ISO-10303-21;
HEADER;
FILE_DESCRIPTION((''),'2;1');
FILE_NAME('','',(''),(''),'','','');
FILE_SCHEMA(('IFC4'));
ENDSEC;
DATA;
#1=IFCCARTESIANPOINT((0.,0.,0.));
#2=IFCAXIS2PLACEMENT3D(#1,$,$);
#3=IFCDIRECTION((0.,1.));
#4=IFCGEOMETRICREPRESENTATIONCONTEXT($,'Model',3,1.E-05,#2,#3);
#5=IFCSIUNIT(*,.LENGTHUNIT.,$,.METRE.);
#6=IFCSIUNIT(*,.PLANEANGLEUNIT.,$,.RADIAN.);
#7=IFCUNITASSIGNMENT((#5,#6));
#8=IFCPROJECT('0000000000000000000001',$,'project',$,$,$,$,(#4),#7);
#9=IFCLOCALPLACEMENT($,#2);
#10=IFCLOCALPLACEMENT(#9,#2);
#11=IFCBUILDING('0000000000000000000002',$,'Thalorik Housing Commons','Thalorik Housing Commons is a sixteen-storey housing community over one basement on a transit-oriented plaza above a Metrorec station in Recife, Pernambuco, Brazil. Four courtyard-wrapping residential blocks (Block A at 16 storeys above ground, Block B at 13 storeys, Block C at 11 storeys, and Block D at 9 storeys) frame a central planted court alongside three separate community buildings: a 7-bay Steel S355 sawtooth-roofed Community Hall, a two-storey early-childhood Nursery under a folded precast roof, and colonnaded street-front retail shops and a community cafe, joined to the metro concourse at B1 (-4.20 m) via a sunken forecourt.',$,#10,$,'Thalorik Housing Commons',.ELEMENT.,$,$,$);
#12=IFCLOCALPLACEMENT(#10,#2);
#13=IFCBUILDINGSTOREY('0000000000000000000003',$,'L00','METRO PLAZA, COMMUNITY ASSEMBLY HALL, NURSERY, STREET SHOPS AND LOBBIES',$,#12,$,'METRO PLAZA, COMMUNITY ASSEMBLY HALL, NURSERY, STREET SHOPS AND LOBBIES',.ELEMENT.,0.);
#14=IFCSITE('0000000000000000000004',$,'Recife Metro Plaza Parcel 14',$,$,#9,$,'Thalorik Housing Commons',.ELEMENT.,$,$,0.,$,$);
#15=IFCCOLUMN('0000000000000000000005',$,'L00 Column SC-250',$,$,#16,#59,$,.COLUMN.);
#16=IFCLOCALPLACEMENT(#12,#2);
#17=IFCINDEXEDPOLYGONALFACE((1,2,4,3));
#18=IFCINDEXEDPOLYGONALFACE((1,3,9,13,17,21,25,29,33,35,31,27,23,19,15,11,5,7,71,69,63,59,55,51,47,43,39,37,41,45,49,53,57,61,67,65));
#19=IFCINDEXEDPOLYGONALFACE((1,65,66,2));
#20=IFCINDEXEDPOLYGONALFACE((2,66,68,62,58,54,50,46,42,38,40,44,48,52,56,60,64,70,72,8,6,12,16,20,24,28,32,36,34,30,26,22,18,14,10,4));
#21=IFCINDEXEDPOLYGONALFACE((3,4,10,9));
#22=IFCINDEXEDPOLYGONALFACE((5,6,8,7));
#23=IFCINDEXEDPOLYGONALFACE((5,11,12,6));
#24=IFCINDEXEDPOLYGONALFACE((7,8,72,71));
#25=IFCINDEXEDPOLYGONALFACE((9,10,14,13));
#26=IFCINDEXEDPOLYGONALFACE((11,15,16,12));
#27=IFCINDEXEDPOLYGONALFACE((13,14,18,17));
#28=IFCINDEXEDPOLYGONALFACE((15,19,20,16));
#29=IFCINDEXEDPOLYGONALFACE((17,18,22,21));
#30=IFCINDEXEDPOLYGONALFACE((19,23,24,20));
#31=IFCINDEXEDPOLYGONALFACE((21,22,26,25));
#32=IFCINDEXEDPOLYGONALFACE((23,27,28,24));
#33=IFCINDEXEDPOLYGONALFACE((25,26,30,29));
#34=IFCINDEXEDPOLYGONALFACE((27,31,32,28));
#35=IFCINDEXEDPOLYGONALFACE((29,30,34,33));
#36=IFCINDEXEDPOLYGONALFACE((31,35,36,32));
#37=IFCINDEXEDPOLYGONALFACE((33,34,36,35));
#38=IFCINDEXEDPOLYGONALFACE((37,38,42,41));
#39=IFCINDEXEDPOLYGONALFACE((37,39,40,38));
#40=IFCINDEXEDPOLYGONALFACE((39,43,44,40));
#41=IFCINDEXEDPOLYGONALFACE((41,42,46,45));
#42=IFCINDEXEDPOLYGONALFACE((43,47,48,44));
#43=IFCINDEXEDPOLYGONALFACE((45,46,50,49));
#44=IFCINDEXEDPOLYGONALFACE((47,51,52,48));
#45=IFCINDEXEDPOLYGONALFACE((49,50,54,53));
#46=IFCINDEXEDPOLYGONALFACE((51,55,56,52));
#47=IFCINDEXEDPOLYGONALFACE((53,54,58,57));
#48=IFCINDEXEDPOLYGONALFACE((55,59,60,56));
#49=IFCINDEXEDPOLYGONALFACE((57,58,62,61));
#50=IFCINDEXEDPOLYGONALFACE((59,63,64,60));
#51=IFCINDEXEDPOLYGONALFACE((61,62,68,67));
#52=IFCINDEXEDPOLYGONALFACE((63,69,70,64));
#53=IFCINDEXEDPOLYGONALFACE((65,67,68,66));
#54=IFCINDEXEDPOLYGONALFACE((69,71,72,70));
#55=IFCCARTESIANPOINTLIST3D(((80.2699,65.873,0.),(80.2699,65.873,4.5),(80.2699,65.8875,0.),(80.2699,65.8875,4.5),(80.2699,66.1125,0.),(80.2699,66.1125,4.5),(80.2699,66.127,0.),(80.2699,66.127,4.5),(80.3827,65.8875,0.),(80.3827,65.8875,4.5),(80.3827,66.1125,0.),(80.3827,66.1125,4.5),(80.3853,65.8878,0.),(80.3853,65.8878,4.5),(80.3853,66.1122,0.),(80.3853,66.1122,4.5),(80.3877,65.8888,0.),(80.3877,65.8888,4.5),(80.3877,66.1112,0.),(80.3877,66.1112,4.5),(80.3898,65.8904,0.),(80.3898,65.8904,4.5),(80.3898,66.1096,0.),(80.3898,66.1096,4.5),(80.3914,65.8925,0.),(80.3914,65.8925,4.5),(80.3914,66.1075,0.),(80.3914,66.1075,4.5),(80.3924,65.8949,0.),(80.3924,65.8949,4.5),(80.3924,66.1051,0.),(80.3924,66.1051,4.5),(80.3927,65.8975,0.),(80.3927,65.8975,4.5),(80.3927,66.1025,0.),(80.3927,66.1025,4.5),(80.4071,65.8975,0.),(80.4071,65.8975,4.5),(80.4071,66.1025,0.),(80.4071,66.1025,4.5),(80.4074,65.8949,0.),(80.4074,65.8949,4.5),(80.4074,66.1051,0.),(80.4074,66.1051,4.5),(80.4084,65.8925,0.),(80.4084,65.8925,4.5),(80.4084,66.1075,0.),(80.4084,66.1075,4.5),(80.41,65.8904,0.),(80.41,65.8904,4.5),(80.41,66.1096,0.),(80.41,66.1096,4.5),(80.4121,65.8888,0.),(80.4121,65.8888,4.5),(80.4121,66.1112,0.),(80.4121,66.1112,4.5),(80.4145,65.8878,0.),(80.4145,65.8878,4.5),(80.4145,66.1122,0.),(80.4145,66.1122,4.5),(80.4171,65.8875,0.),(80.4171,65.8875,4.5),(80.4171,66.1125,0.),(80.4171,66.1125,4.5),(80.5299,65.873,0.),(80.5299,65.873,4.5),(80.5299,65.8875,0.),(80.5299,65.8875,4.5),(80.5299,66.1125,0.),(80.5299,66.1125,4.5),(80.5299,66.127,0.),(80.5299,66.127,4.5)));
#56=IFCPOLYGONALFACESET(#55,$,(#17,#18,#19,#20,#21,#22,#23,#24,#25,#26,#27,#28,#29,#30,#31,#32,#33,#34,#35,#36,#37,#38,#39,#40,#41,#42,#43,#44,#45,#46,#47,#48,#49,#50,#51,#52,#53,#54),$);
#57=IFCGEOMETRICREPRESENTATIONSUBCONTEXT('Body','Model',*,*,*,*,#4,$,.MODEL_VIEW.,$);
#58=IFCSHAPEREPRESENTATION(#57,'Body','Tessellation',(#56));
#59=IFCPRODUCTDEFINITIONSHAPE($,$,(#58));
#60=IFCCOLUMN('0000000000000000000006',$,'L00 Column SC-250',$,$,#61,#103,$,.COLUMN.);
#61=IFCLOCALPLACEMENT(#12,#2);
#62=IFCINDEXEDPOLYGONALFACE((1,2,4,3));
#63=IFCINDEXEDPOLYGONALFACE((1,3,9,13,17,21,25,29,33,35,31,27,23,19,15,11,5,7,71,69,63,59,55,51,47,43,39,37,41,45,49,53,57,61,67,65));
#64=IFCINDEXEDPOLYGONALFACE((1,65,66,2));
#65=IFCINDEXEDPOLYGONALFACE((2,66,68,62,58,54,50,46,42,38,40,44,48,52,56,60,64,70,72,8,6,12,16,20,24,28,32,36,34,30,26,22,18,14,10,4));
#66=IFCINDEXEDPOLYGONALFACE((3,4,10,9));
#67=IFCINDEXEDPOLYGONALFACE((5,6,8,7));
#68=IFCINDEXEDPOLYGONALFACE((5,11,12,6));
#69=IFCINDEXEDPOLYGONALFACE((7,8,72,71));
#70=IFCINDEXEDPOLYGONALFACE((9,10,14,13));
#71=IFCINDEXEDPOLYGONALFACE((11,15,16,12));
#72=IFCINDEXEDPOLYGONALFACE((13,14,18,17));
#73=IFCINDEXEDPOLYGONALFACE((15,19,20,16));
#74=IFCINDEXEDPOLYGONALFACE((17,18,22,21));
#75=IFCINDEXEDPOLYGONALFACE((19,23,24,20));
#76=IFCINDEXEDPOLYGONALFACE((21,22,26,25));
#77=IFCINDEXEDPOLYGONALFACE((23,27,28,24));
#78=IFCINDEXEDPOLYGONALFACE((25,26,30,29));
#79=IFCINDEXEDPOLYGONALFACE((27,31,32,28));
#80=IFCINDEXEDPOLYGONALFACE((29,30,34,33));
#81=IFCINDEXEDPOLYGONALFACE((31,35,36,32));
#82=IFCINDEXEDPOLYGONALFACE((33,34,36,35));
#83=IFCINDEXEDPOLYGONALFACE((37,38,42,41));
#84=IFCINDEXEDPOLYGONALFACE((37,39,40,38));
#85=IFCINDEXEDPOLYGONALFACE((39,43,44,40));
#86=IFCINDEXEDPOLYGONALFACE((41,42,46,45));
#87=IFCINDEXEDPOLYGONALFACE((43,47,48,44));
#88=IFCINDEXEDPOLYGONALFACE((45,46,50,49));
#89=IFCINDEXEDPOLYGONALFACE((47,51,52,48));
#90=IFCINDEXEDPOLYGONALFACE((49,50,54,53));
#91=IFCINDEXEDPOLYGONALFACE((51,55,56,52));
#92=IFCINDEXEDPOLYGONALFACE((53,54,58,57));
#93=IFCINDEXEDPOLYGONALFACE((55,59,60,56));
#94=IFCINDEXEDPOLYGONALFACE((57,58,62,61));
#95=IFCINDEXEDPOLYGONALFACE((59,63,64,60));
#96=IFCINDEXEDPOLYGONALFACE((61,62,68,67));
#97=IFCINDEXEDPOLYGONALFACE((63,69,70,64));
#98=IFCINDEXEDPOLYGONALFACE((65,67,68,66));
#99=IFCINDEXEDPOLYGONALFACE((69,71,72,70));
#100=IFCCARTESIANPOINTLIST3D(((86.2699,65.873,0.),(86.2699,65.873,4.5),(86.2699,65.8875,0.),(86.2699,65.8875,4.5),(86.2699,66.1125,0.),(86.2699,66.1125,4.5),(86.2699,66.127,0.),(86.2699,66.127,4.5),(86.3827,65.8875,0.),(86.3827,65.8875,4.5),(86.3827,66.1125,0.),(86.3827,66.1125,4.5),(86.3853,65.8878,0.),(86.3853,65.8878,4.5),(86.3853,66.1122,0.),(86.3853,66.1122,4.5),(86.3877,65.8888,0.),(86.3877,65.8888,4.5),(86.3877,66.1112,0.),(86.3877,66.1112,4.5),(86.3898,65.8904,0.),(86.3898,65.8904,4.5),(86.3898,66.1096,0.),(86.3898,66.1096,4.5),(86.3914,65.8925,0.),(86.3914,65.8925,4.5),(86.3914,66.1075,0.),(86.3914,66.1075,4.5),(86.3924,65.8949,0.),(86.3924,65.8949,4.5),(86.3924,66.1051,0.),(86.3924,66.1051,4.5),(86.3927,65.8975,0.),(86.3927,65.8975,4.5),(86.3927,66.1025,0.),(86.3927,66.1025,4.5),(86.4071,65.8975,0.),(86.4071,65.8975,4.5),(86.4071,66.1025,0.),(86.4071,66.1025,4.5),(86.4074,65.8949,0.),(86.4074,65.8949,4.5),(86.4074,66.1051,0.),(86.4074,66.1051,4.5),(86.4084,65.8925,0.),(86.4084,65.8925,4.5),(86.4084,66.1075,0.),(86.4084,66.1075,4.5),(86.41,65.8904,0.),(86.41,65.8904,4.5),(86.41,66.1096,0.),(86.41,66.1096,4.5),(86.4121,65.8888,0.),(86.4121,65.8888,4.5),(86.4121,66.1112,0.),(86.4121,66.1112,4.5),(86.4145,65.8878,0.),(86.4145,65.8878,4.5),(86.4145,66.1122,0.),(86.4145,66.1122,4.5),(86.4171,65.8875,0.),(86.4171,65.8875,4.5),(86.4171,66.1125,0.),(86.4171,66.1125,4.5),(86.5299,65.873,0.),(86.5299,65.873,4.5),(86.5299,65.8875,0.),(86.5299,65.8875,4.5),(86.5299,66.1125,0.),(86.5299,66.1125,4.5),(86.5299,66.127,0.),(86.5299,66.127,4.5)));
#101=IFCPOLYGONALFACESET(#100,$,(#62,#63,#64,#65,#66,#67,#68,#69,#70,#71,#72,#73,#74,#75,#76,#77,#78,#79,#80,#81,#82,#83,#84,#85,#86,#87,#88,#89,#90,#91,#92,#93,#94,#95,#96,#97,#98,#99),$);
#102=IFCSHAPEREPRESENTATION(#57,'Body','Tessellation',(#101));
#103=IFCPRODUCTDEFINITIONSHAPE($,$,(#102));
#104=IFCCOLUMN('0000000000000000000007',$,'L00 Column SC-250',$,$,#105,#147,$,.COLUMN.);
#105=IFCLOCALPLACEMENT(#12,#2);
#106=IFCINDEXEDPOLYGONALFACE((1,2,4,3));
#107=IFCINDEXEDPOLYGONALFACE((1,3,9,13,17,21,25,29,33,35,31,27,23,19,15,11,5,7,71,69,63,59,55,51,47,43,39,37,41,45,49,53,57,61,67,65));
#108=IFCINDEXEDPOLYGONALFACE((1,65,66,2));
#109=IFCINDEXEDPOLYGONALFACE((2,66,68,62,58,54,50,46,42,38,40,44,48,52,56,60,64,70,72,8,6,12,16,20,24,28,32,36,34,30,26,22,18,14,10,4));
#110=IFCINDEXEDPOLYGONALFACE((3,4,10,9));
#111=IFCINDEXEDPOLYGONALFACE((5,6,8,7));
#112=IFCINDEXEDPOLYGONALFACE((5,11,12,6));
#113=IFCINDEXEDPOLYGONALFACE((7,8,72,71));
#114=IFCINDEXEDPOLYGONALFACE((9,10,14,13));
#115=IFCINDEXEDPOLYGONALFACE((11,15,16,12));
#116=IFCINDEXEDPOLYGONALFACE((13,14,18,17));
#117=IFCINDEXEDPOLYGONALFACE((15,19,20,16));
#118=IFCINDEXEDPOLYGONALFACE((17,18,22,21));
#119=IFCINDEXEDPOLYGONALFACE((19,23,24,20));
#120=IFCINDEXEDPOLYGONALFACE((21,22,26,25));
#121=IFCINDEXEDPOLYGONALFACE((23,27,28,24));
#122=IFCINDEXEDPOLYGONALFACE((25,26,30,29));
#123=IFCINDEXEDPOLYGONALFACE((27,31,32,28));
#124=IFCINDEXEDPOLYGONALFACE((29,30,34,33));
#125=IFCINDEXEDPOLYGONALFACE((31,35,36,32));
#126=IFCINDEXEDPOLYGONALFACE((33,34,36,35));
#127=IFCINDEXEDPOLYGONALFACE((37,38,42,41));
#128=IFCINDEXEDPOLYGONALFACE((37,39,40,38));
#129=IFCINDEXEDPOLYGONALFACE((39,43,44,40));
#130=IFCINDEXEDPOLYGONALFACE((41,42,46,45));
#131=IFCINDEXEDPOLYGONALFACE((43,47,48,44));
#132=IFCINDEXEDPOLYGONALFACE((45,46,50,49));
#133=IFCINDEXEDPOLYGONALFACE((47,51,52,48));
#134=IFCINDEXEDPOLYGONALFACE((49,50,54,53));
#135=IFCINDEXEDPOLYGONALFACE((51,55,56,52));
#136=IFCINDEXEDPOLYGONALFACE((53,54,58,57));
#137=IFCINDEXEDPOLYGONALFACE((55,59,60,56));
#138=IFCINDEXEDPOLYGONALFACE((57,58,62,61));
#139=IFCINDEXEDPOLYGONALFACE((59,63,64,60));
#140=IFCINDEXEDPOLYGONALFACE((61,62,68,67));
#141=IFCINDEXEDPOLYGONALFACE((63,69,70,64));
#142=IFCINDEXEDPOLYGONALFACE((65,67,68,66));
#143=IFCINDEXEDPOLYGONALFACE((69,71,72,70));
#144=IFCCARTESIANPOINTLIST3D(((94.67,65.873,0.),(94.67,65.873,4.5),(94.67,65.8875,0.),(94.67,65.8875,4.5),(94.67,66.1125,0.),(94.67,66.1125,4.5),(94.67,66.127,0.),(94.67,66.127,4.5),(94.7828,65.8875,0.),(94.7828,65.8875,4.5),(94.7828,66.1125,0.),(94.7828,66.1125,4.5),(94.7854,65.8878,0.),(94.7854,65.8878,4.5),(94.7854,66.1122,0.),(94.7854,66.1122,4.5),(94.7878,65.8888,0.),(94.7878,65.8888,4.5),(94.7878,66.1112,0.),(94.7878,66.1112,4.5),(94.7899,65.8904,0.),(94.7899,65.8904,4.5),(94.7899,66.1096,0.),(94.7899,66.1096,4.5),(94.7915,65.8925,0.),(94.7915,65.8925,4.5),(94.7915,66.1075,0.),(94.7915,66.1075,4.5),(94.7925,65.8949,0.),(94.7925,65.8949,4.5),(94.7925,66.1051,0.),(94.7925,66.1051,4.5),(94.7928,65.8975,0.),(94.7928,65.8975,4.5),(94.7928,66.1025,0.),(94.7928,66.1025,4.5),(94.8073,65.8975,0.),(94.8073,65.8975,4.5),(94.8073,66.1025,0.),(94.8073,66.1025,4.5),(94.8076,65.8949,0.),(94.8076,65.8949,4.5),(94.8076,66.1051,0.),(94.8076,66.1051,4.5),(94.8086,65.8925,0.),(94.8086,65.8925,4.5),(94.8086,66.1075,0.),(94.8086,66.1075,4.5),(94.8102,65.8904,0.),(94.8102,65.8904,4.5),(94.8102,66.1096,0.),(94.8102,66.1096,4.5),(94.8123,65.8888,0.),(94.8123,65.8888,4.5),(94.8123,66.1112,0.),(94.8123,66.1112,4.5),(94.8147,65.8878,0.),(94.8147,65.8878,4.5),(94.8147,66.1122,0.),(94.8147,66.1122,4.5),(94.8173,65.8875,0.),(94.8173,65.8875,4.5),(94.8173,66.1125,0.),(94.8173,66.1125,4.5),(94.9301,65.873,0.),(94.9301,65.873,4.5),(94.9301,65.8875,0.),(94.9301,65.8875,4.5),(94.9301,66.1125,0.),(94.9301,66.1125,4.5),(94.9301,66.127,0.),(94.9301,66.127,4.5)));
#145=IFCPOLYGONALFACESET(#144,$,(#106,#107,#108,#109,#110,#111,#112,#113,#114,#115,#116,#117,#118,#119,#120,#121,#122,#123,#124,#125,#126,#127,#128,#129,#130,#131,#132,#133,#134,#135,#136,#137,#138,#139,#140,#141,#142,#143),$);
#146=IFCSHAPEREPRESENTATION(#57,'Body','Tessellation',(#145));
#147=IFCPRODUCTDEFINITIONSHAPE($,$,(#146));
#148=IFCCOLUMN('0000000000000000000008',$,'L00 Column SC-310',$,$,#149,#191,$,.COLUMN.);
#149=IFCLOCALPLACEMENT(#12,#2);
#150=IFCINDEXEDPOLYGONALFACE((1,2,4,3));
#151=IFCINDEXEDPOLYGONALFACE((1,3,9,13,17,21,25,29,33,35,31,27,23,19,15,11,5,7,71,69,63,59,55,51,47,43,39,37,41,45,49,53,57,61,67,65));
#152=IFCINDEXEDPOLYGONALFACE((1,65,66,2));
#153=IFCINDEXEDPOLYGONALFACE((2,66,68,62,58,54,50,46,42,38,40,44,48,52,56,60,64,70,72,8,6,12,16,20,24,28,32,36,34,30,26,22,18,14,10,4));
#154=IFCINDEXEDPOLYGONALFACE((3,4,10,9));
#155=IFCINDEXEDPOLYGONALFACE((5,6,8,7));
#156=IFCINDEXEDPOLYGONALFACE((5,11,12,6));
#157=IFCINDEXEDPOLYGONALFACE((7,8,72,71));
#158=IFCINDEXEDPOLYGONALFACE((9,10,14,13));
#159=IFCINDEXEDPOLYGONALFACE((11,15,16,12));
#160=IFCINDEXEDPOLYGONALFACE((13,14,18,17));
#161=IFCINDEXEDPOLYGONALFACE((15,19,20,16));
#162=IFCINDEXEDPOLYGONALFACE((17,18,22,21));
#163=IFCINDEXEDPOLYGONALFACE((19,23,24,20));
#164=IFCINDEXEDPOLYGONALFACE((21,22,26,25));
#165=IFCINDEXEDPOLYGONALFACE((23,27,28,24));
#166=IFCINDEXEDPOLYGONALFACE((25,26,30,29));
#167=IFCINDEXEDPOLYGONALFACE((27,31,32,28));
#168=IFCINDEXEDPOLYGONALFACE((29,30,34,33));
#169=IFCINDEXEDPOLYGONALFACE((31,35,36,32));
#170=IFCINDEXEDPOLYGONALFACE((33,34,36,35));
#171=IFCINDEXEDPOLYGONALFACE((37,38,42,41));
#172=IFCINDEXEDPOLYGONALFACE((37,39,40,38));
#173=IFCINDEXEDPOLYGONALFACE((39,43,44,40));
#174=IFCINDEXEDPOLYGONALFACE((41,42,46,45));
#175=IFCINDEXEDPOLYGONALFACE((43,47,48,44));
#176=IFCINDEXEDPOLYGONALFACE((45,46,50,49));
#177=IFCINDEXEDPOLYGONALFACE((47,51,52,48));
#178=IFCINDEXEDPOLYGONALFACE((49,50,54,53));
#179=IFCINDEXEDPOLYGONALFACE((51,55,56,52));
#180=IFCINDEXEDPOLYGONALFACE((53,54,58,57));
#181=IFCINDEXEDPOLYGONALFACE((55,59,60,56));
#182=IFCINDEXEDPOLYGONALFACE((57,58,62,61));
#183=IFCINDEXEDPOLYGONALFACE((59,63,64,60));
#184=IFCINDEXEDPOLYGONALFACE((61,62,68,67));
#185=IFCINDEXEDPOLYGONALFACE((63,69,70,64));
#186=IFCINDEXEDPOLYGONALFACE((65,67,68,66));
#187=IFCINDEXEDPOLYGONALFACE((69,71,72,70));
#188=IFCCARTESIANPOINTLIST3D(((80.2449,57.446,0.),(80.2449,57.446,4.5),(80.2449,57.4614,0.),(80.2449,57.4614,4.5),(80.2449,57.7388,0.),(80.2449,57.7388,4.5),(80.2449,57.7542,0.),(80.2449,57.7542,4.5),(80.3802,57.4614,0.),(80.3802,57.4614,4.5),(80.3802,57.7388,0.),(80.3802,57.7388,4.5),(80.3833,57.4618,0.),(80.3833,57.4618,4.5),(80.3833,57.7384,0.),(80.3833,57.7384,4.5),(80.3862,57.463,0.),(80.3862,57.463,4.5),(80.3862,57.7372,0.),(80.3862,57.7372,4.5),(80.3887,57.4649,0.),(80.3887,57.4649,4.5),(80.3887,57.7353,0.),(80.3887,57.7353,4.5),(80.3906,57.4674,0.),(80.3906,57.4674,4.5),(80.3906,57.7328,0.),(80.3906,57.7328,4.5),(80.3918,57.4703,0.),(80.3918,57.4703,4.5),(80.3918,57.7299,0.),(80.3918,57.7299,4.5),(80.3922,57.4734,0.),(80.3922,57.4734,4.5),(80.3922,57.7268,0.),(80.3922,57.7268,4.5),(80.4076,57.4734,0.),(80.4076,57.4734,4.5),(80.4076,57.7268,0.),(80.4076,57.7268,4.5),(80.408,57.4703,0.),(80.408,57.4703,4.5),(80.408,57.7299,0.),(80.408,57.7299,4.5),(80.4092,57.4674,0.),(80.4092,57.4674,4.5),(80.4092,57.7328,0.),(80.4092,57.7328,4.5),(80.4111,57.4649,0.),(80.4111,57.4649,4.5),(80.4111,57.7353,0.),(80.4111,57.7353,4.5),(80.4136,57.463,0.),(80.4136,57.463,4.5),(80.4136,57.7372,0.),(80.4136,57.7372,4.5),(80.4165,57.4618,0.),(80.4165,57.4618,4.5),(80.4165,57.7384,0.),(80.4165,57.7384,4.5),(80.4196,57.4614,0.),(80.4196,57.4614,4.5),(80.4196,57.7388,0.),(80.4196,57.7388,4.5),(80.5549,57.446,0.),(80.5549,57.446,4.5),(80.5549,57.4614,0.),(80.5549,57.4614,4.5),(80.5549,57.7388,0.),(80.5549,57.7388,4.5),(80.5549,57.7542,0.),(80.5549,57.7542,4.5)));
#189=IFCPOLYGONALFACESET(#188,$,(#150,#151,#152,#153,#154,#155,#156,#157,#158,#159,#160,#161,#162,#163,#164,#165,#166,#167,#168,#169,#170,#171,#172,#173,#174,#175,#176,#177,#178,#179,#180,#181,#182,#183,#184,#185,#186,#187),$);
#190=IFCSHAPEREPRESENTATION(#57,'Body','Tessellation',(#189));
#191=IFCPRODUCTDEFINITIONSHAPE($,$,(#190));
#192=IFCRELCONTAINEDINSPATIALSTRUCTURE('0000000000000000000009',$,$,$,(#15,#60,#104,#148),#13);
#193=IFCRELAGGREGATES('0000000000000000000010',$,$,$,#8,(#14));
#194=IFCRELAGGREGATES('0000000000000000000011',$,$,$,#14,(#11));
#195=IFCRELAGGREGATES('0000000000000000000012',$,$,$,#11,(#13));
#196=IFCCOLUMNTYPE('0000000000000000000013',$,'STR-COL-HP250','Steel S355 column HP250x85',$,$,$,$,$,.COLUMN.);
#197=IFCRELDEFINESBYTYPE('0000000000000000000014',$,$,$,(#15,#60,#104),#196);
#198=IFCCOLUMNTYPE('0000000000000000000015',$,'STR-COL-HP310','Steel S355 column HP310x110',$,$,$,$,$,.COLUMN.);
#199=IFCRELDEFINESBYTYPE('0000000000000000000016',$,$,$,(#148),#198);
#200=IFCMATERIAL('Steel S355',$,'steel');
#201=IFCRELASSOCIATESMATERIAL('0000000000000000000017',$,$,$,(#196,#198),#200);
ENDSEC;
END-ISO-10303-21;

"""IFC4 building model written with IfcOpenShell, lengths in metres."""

from ifc_helpers import new_model, si_unit, direction, frame, origin, origin_2d, place, context, subcontext, project, spatial, i_section, extrude, material, material_profile, profile_set, type_object, element, save


model = new_model("IFC4")

# Units and contexts
model_context = context("Model", 3, precision=1e-05, world=origin(), true_north=direction((0.0, 1.0)))
body_context = subcontext(model_context, "Body", "Model", "MODEL_VIEW")
ifc_project = project(units=[si_unit("LENGTHUNIT", "METRE"), si_unit("PLANEANGLEUNIT", "RADIAN")], contexts=[model_context])

# Site, building, storey
site_placement = place(None, origin())
site = spatial("IfcSite", under=ifc_project, at=site_placement, Name="Recife Metro Plaza Parcel 14", LongName="Thalorik Housing Commons", CompositionType="ELEMENT", RefElevation=0.0)
building_placement = place(site_placement, origin())
building = spatial("IfcBuilding", under=site, at=building_placement, Name="Thalorik Housing Commons", Description="Thalorik Housing Commons is a sixteen-storey housing community over one basement on a transit-oriented plaza above a Metrorec station in Recife, Pernambuco, Brazil. Four courtyard-wrapping residential blocks (Block A at 16 storeys above ground, Block B at 13 storeys, Block C at 11 storeys, and Block D at 9 storeys) frame a central planted court alongside three separate community buildings: a 7-bay Steel S355 sawtooth-roofed Community Hall, a two-storey early-childhood Nursery under a folded precast roof, and colonnaded street-front retail shops and a community cafe, joined to the metro concourse at B1 (-4.20 m) via a sunken forecourt.", LongName="Thalorik Housing Commons", CompositionType="ELEMENT")
storey_placement = place(building_placement, origin())
storey = spatial("IfcBuildingStorey", under=building, at=storey_placement, Name="L00", Description="METRO PLAZA, COMMUNITY ASSEMBLY HALL, NURSERY, STREET SHOPS AND LOBBIES", LongName="METRO PLAZA, COMMUNITY ASSEMBLY HALL, NURSERY, STREET SHOPS AND LOBBIES", CompositionType="ELEMENT", Elevation=0.0)

# Columns
ifc_material_1 = material(Name="Steel S355", Category="steel")
ifc_material_profile_1 = material_profile(ifc_material_1, i_section(OverallWidth=0.26, OverallDepth=0.2539, WebThickness=0.0144, FlangeThickness=0.0144, FilletRadius=0.01, at=origin_2d()), Name="HP250x85", Category="steel")
ifc_profile_set_1 = profile_set([ifc_material_profile_1], Name="Steel S355")
column_type_1 = type_object("IfcColumnType", Name="STR-COL-HP250", Description="Steel S355 column HP250x85", PredefinedType="COLUMN", material=ifc_profile_set_1)
for number, where, z_axis, x_axis, name in (
    (1, (80.3999, 66.0, 0.0), (0.0, 0.0, 1.0), (1.0, 0.0, 0.0), "L00 Column SC-250"),
    (2, (86.3999, 66.0, 0.0), (0.0, 0.0, 1.0), (1.0, 0.0, 0.0), "L00 Column SC-250"),
    (3, (94.8, 66.0, 0.0), (0.0, 0.0, 1.0), (1.0, 0.0, 0.0), "L00 Column SC-250"),
):
    element("IfcColumn", number, at=place(storey_placement, frame(where, z_axis=z_axis, x_axis=x_axis)), inside=storey, type_object=column_type_1, Name=name, PredefinedType="COLUMN", context=body_context, shape_type="SweptSolid", body=[
        extrude(i_section(OverallWidth=0.26, OverallDepth=0.2539, WebThickness=0.0144, FlangeThickness=0.0144, FilletRadius=0.01, at=origin_2d()), origin(), (0.0, 0.0, 1.0), 4.5),
    ])
ifc_material_profile_2 = material_profile(ifc_material_1, i_section(OverallWidth=0.3101, OverallDepth=0.3081, WebThickness=0.0154, FlangeThickness=0.0154, FilletRadius=0.012, at=origin_2d()), Name="HP310x110", Category="steel")
ifc_profile_set_2 = profile_set([ifc_material_profile_2], Name="Steel S355")
column_type_2 = type_object("IfcColumnType", Name="STR-COL-HP310", Description="Steel S355 column HP310x110", PredefinedType="COLUMN", material=ifc_profile_set_2)
for number, where, z_axis, x_axis, name in (
    (4, (80.3999, 57.6001, 0.0), (0.0, 0.0, 1.0), (1.0, 0.0, 0.0), "L00 Column SC-310"),
):
    element("IfcColumn", number, at=place(storey_placement, frame(where, z_axis=z_axis, x_axis=x_axis)), inside=storey, type_object=column_type_2, Name=name, PredefinedType="COLUMN", context=body_context, shape_type="SweptSolid", body=[
        extrude(i_section(OverallWidth=0.3101, OverallDepth=0.3081, WebThickness=0.0154, FlangeThickness=0.0154, FilletRadius=0.012, at=origin_2d()), origin(), (0.0, 0.0, 1.0), 4.5),
    ])

save(model, "model.ifc")
